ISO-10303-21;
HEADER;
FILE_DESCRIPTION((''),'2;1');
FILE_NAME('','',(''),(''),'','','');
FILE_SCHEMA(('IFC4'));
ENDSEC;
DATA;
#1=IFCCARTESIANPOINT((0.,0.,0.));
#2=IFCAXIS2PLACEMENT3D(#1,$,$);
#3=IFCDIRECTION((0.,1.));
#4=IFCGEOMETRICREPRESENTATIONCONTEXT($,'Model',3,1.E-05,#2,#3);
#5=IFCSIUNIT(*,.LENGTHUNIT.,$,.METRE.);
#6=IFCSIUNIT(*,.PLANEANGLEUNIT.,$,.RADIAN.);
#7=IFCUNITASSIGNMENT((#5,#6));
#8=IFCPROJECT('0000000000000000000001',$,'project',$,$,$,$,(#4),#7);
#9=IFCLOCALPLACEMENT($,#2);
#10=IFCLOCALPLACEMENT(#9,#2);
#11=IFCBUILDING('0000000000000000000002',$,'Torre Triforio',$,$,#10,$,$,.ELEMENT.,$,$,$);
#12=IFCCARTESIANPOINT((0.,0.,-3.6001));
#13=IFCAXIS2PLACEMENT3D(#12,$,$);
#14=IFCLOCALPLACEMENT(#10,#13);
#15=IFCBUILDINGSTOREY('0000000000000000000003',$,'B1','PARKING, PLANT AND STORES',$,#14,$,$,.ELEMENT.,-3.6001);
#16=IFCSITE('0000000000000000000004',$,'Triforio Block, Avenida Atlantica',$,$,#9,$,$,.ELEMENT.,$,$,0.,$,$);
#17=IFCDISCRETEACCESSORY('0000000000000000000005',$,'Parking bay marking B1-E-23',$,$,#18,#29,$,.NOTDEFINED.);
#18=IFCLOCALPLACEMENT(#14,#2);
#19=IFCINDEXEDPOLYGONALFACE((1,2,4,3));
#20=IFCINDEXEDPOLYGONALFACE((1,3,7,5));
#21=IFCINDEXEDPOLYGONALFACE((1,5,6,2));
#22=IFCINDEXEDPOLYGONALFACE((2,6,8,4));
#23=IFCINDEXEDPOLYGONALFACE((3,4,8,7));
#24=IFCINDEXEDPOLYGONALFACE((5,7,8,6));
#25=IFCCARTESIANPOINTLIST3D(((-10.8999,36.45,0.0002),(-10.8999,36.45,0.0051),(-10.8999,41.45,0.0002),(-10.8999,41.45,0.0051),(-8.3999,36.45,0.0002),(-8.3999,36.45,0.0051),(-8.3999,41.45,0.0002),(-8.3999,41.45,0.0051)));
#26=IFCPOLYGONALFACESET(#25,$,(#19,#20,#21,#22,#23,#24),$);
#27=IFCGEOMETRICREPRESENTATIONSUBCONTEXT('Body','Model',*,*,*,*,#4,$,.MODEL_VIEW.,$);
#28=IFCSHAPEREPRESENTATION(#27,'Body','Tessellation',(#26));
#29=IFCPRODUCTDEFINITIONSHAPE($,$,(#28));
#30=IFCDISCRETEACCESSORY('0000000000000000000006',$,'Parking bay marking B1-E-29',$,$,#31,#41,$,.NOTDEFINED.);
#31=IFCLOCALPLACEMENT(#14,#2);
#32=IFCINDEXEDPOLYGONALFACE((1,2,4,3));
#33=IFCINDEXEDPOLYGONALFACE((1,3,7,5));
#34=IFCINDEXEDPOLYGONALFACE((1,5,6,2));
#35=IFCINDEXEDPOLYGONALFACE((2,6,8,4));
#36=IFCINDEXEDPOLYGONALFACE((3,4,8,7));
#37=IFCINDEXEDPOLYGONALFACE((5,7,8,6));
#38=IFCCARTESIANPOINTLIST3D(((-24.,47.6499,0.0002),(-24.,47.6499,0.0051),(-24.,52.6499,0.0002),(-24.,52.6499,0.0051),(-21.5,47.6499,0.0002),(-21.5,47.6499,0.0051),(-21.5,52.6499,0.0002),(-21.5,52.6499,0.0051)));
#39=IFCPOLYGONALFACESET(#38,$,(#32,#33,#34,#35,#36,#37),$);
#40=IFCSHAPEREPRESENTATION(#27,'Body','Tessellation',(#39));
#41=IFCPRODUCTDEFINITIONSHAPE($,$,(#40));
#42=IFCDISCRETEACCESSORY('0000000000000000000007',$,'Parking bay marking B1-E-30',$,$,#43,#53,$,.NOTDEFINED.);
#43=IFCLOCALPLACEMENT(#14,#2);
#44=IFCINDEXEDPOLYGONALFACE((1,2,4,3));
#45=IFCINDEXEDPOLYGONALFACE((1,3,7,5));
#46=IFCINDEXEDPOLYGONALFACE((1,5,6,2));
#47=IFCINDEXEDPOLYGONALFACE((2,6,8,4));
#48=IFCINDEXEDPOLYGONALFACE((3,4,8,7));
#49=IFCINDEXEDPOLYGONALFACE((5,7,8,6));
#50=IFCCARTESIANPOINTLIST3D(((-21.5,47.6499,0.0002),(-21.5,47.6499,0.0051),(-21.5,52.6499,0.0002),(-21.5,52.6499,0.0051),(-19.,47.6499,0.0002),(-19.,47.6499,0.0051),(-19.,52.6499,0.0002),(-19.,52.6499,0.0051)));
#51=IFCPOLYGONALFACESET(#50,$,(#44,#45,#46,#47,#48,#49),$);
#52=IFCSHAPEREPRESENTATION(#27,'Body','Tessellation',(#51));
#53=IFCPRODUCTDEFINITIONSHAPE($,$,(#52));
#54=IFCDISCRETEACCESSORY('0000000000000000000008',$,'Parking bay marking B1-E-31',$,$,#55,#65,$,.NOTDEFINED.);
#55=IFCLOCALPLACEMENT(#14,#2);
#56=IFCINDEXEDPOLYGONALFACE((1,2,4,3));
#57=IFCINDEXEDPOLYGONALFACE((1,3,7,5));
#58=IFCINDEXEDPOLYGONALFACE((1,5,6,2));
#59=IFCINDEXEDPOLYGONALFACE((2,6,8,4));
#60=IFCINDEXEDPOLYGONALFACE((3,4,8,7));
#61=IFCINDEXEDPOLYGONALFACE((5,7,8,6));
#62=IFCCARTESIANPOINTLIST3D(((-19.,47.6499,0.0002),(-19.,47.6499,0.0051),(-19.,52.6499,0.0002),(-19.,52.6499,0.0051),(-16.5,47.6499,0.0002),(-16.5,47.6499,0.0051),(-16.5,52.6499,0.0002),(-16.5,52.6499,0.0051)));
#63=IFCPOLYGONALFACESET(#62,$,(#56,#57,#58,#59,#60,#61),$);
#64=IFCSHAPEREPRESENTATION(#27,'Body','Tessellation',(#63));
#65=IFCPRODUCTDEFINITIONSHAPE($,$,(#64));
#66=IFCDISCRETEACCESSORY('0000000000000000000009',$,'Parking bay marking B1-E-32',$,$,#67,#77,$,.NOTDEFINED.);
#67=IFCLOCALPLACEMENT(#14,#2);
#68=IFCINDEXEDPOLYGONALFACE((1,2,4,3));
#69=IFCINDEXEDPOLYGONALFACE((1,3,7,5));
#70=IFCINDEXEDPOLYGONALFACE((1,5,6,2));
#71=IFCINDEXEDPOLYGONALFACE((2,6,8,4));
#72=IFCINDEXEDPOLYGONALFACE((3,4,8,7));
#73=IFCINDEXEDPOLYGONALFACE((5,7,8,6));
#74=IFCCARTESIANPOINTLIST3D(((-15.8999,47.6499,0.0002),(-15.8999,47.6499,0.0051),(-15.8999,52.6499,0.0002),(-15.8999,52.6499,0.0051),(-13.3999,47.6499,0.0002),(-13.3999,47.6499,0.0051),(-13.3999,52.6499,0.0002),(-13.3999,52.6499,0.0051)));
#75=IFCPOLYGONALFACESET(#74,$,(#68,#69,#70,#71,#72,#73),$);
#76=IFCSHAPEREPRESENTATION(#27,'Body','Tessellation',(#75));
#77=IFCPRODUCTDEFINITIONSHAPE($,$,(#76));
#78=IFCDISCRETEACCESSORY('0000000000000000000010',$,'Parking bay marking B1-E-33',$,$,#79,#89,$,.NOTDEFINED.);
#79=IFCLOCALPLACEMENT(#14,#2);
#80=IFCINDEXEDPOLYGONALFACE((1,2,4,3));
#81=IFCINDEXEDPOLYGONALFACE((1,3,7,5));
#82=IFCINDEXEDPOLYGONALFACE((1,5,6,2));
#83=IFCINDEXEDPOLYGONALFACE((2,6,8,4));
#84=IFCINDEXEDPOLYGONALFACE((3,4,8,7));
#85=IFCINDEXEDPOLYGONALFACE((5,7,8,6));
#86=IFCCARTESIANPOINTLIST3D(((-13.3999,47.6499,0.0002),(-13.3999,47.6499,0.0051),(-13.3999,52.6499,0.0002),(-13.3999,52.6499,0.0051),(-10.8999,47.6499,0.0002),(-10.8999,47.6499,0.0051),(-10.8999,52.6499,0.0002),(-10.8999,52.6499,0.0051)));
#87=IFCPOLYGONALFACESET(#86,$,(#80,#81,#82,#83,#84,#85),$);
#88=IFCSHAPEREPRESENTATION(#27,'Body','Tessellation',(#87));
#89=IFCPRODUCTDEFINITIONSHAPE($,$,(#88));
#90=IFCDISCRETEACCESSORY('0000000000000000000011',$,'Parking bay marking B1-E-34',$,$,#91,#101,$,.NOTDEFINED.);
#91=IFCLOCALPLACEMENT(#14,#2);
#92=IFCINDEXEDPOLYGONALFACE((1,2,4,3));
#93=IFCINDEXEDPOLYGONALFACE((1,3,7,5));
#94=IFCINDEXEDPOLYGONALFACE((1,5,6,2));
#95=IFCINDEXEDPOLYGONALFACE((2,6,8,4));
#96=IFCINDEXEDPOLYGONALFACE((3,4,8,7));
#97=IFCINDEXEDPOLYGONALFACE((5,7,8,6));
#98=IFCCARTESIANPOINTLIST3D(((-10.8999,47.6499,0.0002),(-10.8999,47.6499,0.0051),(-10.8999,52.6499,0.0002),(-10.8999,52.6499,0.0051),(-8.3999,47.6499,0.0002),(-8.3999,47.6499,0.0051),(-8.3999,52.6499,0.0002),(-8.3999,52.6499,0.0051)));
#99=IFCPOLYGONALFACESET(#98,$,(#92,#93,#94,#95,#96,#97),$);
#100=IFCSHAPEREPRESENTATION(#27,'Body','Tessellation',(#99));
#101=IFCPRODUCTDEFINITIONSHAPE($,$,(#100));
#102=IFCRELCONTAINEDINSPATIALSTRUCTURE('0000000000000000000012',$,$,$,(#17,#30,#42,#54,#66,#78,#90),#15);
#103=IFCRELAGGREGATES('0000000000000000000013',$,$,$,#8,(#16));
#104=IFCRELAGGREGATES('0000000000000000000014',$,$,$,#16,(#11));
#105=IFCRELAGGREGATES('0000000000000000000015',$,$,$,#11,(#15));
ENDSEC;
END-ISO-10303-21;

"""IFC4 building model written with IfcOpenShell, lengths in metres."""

from ifc_helpers import new_model, si_unit, direction, frame, origin, origin_2d, place, context, subcontext, project, spatial, rectangle, extrude, element, save


model = new_model("IFC4")

# Units and contexts
model_context = context("Model", 3, precision=1e-05, world=origin(), true_north=direction((0.0, 1.0)))
body_context = subcontext(model_context, "Body", "Model", "MODEL_VIEW")
ifc_project = project(units=[si_unit("LENGTHUNIT", "METRE"), si_unit("PLANEANGLEUNIT", "RADIAN")], contexts=[model_context])

# Site, building, storey
site_placement = place(None, origin())
site = spatial("IfcSite", under=ifc_project, at=site_placement, Name="Triforio Block, Avenida Atlantica", CompositionType="ELEMENT", RefElevation=0.0)
building_placement = place(site_placement, origin())
building = spatial("IfcBuilding", under=site, at=building_placement, Name="Torre Triforio", CompositionType="ELEMENT")
storey_placement = place(building_placement, frame((0.0, 0.0, -3.6001)))
storey = spatial("IfcBuildingStorey", under=building, at=storey_placement, Name="B1", Description="PARKING, PLANT AND STORES", CompositionType="ELEMENT", Elevation=-3.6001)

# Discrete accessories
for number, where, z_axis, x_axis, name in (
    (1, (-9.6499, 38.95, 0.0002), (0.0, 0.0, 1.0), (1.0, 0.0, 0.0), "Parking bay marking B1-E-23"),
    (2, (-22.75, 50.1499, 0.0002), (0.0, 0.0, 1.0), (1.0, 0.0, 0.0), "Parking bay marking B1-E-29"),
    (3, (-20.25, 50.1499, 0.0002), (0.0, 0.0, 1.0), (1.0, 0.0, 0.0), "Parking bay marking B1-E-30"),
    (4, (-17.75, 50.1499, 0.0002), (0.0, 0.0, 1.0), (1.0, 0.0, 0.0), "Parking bay marking B1-E-31"),
    (5, (-14.6499, 50.1499, 0.0002), (0.0, 0.0, 1.0), (1.0, 0.0, 0.0), "Parking bay marking B1-E-32"),
    (6, (-12.1499, 50.1499, 0.0002), (0.0, 0.0, 1.0), (1.0, 0.0, 0.0), "Parking bay marking B1-E-33"),
    (7, (-9.6499, 50.1499, 0.0002), (0.0, 0.0, 1.0), (1.0, 0.0, 0.0), "Parking bay marking B1-E-34"),
):
    element("IfcDiscreteAccessory", number, at=place(storey_placement, frame(where, z_axis=z_axis, x_axis=x_axis)), inside=storey, Name=name, PredefinedType="NOTDEFINED", context=body_context, shape_type="SweptSolid", body=[
        extrude(rectangle(XDim=2.5, YDim=5.0, at=origin_2d()), origin(), (0.0, 0.0, 1.0), 0.0049),
    ])

save(model, "model.ifc")
